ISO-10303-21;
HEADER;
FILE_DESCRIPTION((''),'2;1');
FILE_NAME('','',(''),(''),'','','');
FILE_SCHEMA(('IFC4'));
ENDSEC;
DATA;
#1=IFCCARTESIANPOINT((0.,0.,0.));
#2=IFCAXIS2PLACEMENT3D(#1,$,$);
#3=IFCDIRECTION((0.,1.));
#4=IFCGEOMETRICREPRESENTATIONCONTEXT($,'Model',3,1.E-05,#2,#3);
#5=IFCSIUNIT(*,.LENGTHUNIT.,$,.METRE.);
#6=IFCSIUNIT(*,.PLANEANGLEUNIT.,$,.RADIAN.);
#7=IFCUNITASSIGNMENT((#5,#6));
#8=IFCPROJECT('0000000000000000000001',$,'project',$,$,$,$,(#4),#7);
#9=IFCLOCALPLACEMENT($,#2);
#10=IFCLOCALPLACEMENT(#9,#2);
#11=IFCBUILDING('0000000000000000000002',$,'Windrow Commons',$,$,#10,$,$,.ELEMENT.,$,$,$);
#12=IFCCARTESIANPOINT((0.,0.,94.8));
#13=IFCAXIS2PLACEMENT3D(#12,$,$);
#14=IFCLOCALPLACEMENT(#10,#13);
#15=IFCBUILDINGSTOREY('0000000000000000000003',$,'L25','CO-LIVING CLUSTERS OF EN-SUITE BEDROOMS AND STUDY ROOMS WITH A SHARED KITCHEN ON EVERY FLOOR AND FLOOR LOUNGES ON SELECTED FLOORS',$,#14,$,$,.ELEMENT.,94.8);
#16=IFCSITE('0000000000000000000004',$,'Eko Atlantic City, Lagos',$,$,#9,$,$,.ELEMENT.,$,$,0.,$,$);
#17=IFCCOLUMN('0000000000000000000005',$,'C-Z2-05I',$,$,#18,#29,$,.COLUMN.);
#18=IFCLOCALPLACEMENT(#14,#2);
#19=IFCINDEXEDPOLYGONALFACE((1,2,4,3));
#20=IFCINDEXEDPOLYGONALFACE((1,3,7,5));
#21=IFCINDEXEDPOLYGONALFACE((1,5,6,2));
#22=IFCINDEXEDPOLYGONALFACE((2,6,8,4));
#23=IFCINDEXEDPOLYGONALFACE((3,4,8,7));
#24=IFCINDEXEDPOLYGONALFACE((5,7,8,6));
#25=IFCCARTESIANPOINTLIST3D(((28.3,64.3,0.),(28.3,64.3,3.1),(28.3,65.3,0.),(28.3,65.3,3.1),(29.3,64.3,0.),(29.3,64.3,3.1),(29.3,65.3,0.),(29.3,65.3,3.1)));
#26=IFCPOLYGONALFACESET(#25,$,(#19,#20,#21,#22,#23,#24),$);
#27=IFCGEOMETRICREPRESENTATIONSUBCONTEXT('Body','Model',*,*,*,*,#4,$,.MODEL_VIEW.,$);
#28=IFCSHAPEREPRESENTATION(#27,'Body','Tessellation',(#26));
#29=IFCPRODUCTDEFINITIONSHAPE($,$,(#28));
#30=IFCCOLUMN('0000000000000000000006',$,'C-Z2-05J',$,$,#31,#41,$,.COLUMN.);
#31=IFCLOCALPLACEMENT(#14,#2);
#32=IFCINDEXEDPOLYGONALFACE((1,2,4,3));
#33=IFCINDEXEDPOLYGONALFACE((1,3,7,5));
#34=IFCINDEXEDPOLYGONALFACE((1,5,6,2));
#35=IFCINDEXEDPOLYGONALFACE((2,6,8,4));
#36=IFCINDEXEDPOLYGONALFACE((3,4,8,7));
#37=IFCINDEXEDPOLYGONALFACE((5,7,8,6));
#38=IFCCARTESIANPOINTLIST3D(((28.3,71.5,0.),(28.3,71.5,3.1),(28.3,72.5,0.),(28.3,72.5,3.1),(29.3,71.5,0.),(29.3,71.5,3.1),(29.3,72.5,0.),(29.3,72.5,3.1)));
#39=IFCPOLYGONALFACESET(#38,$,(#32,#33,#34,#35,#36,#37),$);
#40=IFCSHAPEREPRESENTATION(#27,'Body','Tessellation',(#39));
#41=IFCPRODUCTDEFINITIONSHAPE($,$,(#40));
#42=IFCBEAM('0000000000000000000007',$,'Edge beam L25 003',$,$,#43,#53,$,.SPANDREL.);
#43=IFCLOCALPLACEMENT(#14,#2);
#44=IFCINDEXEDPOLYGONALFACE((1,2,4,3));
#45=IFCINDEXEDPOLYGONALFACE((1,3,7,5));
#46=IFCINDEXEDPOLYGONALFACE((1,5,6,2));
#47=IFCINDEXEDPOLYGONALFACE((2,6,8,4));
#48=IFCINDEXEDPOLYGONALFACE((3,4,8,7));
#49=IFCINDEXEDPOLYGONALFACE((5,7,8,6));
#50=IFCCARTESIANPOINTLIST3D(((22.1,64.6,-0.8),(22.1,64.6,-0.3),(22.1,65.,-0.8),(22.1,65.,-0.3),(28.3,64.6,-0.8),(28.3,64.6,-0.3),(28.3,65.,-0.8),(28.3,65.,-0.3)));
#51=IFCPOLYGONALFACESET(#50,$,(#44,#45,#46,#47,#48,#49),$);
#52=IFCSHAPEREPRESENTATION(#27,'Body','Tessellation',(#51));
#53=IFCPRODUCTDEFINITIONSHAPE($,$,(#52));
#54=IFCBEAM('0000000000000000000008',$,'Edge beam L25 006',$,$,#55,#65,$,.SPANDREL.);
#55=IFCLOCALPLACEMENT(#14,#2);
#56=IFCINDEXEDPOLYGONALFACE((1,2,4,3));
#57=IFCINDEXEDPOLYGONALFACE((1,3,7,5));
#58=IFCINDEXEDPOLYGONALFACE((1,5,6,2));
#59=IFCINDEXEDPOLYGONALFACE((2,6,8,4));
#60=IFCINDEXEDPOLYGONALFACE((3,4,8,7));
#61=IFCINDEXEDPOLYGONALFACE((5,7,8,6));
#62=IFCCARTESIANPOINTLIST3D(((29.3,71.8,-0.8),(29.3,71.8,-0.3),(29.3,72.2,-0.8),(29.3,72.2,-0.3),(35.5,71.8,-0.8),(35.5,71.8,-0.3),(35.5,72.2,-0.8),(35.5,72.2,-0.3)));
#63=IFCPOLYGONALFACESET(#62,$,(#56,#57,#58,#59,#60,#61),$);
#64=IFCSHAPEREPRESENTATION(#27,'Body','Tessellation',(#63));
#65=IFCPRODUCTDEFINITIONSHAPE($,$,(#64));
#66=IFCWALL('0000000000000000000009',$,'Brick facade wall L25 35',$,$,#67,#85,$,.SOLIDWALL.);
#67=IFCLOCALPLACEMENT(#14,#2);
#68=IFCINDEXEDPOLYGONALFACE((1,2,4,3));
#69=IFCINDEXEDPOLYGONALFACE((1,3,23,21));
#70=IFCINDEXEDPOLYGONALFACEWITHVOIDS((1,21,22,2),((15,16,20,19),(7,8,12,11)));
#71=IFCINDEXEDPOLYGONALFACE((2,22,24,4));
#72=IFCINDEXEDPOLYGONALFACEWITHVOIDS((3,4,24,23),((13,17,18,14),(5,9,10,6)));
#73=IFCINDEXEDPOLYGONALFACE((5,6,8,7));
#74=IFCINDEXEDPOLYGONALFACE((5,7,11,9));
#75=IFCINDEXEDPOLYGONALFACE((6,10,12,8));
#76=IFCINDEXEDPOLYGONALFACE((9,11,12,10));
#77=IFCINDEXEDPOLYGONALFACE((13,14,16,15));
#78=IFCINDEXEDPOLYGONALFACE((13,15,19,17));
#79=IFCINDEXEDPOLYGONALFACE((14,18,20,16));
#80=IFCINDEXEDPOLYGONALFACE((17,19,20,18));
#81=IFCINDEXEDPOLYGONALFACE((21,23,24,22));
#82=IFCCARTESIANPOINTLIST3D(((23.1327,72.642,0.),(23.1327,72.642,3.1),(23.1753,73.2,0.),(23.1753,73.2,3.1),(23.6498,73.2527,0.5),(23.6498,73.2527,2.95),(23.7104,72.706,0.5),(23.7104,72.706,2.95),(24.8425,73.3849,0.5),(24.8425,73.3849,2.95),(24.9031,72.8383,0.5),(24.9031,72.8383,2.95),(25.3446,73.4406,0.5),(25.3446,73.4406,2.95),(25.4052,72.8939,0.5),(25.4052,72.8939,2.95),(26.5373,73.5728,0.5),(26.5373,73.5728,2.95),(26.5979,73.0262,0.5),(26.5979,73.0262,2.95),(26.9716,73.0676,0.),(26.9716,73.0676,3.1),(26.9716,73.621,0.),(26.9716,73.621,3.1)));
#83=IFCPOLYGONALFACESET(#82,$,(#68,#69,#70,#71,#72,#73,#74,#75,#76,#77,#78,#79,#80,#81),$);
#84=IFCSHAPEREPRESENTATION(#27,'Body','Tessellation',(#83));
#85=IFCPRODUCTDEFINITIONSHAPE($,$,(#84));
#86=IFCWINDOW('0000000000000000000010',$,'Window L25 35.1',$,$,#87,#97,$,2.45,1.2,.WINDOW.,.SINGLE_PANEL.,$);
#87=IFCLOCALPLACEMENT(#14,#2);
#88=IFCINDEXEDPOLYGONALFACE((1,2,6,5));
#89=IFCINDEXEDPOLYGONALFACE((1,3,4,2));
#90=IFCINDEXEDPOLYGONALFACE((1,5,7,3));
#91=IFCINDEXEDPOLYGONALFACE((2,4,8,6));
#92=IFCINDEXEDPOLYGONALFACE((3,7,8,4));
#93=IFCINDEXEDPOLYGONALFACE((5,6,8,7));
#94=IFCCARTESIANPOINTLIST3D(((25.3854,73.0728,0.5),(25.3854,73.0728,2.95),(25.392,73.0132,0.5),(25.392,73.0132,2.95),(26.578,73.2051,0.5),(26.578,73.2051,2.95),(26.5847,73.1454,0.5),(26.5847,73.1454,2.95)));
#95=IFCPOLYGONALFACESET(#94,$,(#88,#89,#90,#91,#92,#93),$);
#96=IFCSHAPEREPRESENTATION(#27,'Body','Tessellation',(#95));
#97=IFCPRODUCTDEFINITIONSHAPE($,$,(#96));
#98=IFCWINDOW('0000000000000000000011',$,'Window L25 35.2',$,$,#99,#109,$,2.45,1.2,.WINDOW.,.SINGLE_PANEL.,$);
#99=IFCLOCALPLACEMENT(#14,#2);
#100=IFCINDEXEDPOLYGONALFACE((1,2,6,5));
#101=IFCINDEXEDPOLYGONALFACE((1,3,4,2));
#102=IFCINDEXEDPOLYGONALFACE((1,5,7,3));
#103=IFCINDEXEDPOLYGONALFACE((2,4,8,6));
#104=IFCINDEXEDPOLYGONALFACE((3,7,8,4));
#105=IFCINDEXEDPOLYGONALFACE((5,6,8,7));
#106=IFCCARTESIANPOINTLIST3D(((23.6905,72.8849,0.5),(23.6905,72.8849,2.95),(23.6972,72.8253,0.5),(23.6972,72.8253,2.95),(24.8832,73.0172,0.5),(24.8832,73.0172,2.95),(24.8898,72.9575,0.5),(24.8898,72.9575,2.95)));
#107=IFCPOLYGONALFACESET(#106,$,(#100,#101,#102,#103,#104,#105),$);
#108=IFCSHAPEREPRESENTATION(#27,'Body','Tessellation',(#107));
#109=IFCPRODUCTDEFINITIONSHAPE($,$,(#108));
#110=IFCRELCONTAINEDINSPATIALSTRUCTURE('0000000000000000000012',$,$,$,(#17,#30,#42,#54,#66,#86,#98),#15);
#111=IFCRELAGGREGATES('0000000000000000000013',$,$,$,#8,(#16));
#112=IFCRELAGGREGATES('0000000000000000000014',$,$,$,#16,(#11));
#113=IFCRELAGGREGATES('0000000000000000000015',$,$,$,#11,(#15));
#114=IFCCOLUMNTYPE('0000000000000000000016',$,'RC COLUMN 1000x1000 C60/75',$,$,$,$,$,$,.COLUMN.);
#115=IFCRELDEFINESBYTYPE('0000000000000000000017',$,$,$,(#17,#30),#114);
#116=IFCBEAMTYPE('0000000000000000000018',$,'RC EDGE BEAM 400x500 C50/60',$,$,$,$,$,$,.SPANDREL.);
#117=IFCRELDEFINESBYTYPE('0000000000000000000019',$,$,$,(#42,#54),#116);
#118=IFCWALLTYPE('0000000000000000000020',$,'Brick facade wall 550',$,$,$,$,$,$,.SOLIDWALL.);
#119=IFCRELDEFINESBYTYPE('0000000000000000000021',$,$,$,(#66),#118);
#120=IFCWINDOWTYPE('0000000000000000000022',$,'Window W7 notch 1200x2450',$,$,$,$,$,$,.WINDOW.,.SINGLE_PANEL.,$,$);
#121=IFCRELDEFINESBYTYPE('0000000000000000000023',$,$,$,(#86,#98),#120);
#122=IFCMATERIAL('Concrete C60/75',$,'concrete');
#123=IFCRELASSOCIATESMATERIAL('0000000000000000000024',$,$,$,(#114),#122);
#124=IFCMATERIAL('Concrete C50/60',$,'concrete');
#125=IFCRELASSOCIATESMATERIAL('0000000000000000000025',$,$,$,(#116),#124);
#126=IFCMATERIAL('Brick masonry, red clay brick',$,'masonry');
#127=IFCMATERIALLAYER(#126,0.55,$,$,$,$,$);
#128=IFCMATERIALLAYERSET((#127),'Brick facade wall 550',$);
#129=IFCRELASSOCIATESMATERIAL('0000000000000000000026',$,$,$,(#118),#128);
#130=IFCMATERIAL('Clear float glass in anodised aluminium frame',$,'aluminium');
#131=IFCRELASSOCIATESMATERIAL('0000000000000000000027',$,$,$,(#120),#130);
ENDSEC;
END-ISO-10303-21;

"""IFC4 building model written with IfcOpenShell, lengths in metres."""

from ifc_helpers import new_model, si_unit, direction, frame, frame_2d, origin, origin_2d, place, context, subcontext, project, spatial, polyline, rectangle, outline, extrude, material, layer, layer_set, material_profile, profile_set, type_object, element, fill, save


model = new_model("IFC4")

# Units and contexts
model_context = context("Model", 3, precision=1e-05, world=origin(), true_north=direction((0.0, 1.0)))
body_context = subcontext(model_context, "Body", "Model", "MODEL_VIEW")
ifc_project = project(units=[si_unit("LENGTHUNIT", "METRE"), si_unit("PLANEANGLEUNIT", "RADIAN")], contexts=[model_context])

# Site, building, storey
site_placement = place(None, origin())
site = spatial("IfcSite", under=ifc_project, at=site_placement, Name="Eko Atlantic City, Lagos", CompositionType="ELEMENT", RefElevation=0.0)
building_placement = place(site_placement, origin())
building = spatial("IfcBuilding", under=site, at=building_placement, Name="Windrow Commons", CompositionType="ELEMENT")
storey_placement = place(building_placement, frame((0.0, 0.0, 94.8)))
storey = spatial("IfcBuildingStorey", under=building, at=storey_placement, Name="L25", Description="CO-LIVING CLUSTERS OF EN-SUITE BEDROOMS AND STUDY ROOMS WITH A SHARED KITCHEN ON EVERY FLOOR AND FLOOR LOUNGES ON SELECTED FLOORS", CompositionType="ELEMENT", Elevation=94.8)

# Columns
ifc_material_1 = material(Name="Concrete C60/75", Category="concrete")
ifc_material_profile_1 = material_profile(ifc_material_1, rectangle(XDim=1.0, YDim=1.0, at=origin_2d()))
ifc_profile_set_1 = profile_set([ifc_material_profile_1], Name="Concrete C60/75")
column_type = type_object("IfcColumnType", Name="RC COLUMN 1000x1000 C60/75", PredefinedType="COLUMN", material=ifc_profile_set_1)
for number, where, z_axis, x_axis, name in (
    (1, (28.8, 64.8, 0.0), (0.0, 0.0, 1.0), (1.0, 0.0, 0.0), "C-Z2-05I"),
    (2, (28.8, 72.0, 0.0), (0.0, 0.0, 1.0), (1.0, 0.0, 0.0), "C-Z2-05J"),
):
    element("IfcColumn", number, at=place(storey_placement, frame(where, z_axis=z_axis, x_axis=x_axis)), inside=storey, type_object=column_type, Name=name, PredefinedType="COLUMN", context=body_context, shape_type="SweptSolid", body=[
        extrude(rectangle(XDim=1.0, YDim=1.0, at=origin_2d()), origin(), (0.0, 0.0, 1.0), 3.1),
    ])

# Beams
ifc_material_2 = material(Name="Concrete C50/60", Category="concrete")
ifc_material_profile_2 = material_profile(ifc_material_2, rectangle(XDim=0.4, YDim=0.5, at=origin_2d()))
ifc_profile_set_2 = profile_set([ifc_material_profile_2], Name="Concrete C50/60")
beam_type = type_object("IfcBeamType", Name="RC EDGE BEAM 400x500 C50/60", PredefinedType="SPANDREL", material=ifc_profile_set_2)
for number, where, z_axis, x_axis, name in (
    (3, (28.3, 64.8, -0.55), (-1.0, 0.0, 0.0), (0.0, -1.0, 0.0), "Edge beam L25 003"),
    (4, (29.3, 72.0, -0.55), (1.0, 0.0, 0.0), (0.0, 1.0, 0.0), "Edge beam L25 006"),
):
    element("IfcBeam", number, at=place(storey_placement, frame(where, z_axis=z_axis, x_axis=x_axis)), inside=storey, type_object=beam_type, Name=name, PredefinedType="SPANDREL", context=body_context, shape_type="SweptSolid", body=[
        extrude(rectangle(XDim=0.4, YDim=0.5, at=origin_2d()), origin(), (0.0, 0.0, 1.0), 6.2),
    ])

# Wall, openings, windows
ifc_material_3 = material(Name="Brick masonry, red clay brick", Category="masonry")
ifc_layer_1 = layer(ifc_material_3, 0.55)
ifc_layer_set_1 = layer_set([ifc_layer_1], Name="Brick facade wall 550")
wall_type_1 = type_object("IfcWallType", Name="Brick facade wall 550", PredefinedType="SOLIDWALL", material=ifc_layer_set_1)
wall_1_placement = place(storey_placement, frame((26.9716, 73.3443, 0.0), z_axis=(0.0, 0.0, 1.0), x_axis=(-0.993909, -0.110206, 0.0)))
wall_1 = element("IfcWall", 5, at=wall_1_placement, inside=storey, type_object=wall_type_1, Name="Brick facade wall L25 35", PredefinedType="SOLIDWALL", context=body_context, shape_type="SweptSolid", body=[
    extrude(outline(polyline([(-0.0305, -0.275), (3.7891, -0.275), (3.8929, 0.275), (0.0305, 0.275), (-0.0305, -0.275)])), origin(), (0.0, 0.0, 1.0), 3.1),
])
opening_1_placement = place(wall_1_placement, frame((0.4065, 0.0, 0.5)))
opening_1 = element("IfcOpeningElement", 6, at=opening_1_placement, cuts=wall_1, PredefinedType="OPENING", context=body_context, shape_type="SweptSolid", body=[
    extrude(rectangle(XDim=1.2, YDim=2.45, at=frame_2d((0.6, 1.225))), frame((0.0, 0.285, 0.0), z_axis=(0.0, -1.0, 0.0), x_axis=(1.0, 0.0, 0.0)), (0.0, 0.0, 1.0), 0.57),
])
opening_2_placement = place(wall_1_placement, frame((2.1117, 0.0, 0.5)))
opening_2 = element("IfcOpeningElement", 7, at=opening_2_placement, cuts=wall_1, PredefinedType="OPENING", context=body_context, shape_type="SweptSolid", body=[
    extrude(rectangle(XDim=1.2, YDim=2.45, at=frame_2d((0.6, 1.225))), frame((0.0, 0.285, 0.0), z_axis=(0.0, -1.0, 0.0), x_axis=(1.0, 0.0, 0.0)), (0.0, 0.0, 1.0), 0.57),
])
ifc_material_4 = material(Name="Clear float glass in anodised aluminium frame", Category="aluminium")
window_type_1 = type_object("IfcWindowType", Name="Window W7 notch 1200x2450", PartitioningType="SINGLE_PANEL", PredefinedType="WINDOW", material=ifc_material_4)
window_1_placement = place(opening_1_placement, origin())
window_1 = element("IfcWindow", 8, at=window_1_placement, inside=storey, type_object=window_type_1, Name="Window L25 35.1", OverallHeight=2.45, OverallWidth=1.2, PartitioningType="SINGLE_PANEL", PredefinedType="WINDOW", context=body_context, shape_type="SweptSolid", body=[
    extrude(rectangle(XDim=1.2, YDim=2.45, at=frame_2d((0.6, 1.225))), frame((0.0, 0.155, 0.0), z_axis=(0.0, -1.0, 0.0), x_axis=(1.0, 0.0, 0.0)), (0.0, 0.0, 1.0), 0.06),
])
fill(opening_1, window_1)
window_2_placement = place(opening_2_placement, origin())
window_2 = element("IfcWindow", 9, at=window_2_placement, inside=storey, type_object=window_type_1, Name="Window L25 35.2", OverallHeight=2.45, OverallWidth=1.2, PartitioningType="SINGLE_PANEL", PredefinedType="WINDOW", context=body_context, shape_type="SweptSolid", body=[
    extrude(rectangle(XDim=1.2, YDim=2.45, at=frame_2d((0.6, 1.225))), frame((0.0, 0.155, 0.0), z_axis=(0.0, -1.0, 0.0), x_axis=(1.0, 0.0, 0.0)), (0.0, 0.0, 1.0), 0.06),
])
fill(opening_2, window_2)

save(model, "model.ifc")
